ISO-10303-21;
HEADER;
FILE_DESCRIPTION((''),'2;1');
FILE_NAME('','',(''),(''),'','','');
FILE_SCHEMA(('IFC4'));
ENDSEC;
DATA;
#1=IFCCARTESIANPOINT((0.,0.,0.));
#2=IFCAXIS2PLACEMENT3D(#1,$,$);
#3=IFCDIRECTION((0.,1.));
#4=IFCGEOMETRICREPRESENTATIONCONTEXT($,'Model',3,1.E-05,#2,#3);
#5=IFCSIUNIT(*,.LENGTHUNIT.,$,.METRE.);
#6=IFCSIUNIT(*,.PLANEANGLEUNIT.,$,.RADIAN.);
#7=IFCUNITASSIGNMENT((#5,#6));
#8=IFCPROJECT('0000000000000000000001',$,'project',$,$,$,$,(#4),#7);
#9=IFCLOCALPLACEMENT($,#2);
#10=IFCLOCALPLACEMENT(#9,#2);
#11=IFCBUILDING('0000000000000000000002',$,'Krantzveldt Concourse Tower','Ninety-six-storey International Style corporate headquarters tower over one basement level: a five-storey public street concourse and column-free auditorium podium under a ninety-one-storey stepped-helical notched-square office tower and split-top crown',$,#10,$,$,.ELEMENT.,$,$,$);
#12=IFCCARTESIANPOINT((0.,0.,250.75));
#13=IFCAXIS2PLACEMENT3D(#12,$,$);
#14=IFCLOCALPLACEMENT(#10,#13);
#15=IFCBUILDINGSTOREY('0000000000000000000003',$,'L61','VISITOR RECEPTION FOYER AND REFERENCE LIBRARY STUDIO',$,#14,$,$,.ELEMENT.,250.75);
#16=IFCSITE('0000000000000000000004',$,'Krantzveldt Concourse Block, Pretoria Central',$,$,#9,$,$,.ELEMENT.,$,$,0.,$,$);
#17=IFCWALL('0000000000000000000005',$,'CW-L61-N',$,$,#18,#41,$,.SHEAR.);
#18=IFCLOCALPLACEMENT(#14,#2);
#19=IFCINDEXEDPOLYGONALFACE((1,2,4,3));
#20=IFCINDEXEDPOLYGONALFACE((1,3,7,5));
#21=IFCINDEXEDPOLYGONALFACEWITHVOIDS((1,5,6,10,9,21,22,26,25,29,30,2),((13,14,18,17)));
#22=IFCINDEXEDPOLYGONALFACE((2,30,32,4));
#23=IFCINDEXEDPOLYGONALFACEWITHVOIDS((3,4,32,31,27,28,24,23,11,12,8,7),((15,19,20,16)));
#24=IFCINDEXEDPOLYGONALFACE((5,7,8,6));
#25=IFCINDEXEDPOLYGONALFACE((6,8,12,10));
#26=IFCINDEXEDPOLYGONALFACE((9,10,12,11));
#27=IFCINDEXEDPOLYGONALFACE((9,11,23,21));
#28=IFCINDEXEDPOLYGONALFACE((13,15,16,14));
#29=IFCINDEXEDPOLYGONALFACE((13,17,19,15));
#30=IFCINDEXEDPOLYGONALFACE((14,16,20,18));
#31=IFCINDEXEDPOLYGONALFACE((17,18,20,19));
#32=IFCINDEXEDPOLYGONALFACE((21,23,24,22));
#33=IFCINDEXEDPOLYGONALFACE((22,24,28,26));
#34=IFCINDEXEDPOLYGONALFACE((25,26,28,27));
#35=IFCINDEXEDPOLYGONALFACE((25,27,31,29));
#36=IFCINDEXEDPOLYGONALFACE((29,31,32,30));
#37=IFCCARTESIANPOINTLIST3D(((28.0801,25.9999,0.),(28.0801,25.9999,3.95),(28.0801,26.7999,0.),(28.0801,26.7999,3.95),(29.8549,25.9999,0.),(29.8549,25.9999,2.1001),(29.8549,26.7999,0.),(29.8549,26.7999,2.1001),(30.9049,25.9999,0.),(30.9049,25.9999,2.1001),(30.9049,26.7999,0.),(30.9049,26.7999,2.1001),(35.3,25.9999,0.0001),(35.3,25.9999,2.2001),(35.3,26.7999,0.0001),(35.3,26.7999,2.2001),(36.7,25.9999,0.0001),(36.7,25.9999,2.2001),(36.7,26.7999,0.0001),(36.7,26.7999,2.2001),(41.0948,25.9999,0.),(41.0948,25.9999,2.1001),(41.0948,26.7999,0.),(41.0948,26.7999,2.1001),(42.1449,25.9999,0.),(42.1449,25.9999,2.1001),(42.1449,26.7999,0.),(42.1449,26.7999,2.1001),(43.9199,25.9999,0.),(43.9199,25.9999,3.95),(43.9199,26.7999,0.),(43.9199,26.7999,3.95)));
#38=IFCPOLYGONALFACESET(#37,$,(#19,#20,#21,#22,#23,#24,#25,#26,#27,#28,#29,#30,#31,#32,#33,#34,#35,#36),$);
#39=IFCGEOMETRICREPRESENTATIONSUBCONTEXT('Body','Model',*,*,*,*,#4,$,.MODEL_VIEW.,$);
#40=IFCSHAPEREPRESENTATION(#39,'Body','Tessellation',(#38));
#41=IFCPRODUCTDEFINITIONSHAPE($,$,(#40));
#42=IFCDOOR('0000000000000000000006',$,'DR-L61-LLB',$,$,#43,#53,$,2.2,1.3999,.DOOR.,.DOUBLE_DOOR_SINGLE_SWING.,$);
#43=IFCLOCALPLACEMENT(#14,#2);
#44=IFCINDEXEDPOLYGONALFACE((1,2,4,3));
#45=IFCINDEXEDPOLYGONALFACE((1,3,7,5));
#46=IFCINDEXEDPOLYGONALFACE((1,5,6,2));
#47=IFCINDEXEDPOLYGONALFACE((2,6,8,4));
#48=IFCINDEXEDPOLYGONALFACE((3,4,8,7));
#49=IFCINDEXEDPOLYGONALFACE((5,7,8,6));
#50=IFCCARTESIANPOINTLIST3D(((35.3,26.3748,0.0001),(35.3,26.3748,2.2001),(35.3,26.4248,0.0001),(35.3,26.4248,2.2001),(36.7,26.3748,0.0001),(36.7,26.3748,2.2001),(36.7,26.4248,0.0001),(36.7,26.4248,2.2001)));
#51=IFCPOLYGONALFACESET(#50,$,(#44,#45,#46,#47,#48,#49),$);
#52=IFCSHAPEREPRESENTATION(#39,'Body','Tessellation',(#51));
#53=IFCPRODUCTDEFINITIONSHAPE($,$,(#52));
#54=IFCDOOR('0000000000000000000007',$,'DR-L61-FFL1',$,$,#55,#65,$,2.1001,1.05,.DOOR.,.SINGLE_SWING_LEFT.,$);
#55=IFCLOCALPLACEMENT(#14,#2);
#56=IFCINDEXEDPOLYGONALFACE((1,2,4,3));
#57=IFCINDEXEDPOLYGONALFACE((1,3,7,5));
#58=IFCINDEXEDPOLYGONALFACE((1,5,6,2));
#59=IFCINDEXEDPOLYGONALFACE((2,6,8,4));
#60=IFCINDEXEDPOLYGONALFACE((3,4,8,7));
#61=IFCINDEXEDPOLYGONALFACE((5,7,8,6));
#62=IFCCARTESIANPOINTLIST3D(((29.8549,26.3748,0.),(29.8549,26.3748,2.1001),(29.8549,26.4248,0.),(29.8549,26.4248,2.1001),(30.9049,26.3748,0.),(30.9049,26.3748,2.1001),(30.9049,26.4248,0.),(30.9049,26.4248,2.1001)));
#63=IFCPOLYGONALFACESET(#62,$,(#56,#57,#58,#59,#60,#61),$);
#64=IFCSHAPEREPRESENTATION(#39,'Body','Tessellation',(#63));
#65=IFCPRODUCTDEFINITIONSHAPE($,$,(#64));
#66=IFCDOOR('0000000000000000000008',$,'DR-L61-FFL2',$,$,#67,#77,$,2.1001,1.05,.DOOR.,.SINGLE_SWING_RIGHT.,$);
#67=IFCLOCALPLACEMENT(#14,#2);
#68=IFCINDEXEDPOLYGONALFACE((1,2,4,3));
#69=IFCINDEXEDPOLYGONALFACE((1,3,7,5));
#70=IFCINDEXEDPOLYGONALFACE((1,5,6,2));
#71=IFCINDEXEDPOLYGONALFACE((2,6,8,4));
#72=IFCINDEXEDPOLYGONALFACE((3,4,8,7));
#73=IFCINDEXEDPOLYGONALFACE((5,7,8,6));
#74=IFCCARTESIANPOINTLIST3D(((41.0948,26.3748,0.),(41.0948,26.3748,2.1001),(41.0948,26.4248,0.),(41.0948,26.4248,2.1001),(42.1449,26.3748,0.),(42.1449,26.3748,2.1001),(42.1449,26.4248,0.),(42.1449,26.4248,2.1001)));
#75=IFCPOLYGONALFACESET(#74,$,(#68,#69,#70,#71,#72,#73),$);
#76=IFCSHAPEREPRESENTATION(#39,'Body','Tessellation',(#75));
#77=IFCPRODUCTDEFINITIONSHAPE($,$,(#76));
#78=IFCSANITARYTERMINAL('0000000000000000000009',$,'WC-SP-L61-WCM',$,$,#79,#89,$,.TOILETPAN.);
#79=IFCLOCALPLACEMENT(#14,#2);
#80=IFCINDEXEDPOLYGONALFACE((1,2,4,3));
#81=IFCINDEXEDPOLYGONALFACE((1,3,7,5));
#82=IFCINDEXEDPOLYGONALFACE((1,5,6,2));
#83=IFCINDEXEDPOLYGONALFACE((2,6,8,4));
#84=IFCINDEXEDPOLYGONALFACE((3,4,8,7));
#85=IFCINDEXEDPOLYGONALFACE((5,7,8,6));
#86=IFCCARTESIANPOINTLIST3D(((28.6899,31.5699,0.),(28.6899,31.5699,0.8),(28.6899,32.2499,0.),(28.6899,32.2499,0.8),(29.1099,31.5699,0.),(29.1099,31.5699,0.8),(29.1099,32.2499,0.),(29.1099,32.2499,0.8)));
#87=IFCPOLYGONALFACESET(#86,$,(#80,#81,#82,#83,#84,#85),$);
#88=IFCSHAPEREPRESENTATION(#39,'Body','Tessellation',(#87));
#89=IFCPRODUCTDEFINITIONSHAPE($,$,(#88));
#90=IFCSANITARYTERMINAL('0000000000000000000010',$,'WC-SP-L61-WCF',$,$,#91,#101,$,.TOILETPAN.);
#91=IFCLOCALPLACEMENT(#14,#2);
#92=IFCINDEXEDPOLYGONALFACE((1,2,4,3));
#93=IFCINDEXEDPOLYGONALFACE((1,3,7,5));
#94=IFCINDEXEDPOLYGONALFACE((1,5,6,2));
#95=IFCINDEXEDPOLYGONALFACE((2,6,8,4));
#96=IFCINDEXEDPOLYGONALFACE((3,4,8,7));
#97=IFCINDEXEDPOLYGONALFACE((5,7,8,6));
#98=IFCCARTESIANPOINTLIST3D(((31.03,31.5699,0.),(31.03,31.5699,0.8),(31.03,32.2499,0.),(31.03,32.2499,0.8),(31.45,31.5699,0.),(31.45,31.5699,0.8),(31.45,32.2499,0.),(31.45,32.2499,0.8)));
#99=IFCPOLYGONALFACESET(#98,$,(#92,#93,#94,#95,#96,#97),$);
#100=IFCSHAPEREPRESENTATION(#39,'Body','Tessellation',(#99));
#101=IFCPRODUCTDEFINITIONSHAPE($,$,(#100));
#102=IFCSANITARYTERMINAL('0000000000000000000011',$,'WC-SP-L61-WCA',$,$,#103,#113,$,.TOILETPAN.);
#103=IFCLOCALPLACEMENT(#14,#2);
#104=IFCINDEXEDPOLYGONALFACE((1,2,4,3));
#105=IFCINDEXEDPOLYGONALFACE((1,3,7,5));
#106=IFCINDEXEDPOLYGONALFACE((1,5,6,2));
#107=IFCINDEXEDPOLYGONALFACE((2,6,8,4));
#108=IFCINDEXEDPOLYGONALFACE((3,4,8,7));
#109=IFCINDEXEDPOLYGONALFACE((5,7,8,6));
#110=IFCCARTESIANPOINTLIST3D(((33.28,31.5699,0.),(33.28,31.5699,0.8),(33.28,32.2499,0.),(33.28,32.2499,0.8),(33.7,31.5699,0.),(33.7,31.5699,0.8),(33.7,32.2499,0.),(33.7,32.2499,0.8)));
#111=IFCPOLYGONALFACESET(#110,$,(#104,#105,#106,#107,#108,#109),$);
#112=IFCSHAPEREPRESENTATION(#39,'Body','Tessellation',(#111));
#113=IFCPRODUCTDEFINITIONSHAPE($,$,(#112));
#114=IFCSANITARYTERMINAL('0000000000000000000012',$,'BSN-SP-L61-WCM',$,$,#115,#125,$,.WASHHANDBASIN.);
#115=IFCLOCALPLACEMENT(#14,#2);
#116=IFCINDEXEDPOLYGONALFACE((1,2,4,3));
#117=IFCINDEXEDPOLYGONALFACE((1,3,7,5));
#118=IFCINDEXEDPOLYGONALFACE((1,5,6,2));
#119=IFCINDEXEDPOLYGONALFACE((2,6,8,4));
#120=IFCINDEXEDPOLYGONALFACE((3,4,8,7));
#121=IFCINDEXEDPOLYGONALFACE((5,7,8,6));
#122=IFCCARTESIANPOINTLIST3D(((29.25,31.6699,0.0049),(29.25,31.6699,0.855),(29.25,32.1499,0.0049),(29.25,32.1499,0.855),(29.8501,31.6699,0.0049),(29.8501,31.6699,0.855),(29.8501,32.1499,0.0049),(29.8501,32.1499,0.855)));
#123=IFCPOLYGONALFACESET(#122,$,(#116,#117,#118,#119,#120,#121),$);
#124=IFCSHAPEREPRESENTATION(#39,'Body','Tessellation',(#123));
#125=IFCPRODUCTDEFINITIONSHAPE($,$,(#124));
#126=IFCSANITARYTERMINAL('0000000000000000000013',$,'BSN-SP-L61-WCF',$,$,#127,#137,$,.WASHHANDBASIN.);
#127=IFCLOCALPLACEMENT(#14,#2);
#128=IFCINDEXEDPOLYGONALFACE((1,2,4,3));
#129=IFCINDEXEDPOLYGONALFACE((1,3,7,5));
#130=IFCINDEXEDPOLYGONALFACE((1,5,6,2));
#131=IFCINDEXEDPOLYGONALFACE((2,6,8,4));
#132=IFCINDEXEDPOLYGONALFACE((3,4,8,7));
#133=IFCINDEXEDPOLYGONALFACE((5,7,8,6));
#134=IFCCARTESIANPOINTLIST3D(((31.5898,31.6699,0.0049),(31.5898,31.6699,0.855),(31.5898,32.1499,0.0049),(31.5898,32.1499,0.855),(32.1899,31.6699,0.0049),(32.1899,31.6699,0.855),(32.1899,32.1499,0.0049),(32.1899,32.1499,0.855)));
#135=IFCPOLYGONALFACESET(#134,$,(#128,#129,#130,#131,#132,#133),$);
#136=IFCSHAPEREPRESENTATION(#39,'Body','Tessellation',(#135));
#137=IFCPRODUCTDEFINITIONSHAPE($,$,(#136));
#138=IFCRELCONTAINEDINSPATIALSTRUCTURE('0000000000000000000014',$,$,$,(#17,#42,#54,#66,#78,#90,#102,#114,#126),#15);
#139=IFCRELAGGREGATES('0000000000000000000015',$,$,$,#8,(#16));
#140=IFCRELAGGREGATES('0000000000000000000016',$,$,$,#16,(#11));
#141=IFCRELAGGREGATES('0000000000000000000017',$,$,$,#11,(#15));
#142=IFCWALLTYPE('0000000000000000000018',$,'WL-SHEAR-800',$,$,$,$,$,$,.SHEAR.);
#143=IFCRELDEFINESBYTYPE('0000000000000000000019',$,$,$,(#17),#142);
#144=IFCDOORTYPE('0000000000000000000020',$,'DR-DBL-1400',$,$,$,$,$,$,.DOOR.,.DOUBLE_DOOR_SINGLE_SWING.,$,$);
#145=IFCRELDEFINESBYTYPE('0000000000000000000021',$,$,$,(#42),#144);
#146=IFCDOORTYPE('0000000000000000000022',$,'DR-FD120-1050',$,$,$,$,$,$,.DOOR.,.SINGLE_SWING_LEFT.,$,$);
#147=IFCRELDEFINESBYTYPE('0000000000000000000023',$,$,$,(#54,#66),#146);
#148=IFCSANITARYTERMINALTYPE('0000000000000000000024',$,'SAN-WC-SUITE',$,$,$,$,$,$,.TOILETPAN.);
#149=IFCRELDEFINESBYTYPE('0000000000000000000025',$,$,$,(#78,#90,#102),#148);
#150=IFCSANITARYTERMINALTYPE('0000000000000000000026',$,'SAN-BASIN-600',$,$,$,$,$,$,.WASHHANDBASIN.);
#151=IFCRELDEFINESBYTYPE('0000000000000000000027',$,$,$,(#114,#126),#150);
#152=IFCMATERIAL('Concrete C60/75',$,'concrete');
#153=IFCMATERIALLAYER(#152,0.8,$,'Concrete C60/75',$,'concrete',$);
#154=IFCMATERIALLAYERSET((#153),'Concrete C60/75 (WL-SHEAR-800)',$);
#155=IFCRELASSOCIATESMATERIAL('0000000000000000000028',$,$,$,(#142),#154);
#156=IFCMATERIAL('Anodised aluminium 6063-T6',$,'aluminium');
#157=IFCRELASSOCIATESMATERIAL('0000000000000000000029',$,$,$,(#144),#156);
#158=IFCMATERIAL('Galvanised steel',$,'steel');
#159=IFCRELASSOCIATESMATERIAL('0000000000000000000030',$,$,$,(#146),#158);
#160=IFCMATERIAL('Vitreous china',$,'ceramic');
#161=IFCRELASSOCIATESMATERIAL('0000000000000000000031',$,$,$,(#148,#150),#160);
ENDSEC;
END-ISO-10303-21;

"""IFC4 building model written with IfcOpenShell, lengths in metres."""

from ifc_helpers import new_model, si_unit, direction, frame, frame_2d, origin, origin_2d, place, context, subcontext, project, spatial, rectangle, extrude, source, transform, mapped, material, layer, layer_set, type_object, type_shapes, element, fill, save


model = new_model("IFC4")

# Units and contexts
model_context = context("Model", 3, precision=1e-05, world=origin(), true_north=direction((0.0, 1.0)))
body_context = subcontext(model_context, "Body", "Model", "MODEL_VIEW")
ifc_project = project(units=[si_unit("LENGTHUNIT", "METRE"), si_unit("PLANEANGLEUNIT", "RADIAN")], contexts=[model_context])

# Site, building, storey
site_placement = place(None, origin())
site = spatial("IfcSite", under=ifc_project, at=site_placement, Name="Krantzveldt Concourse Block, Pretoria Central", CompositionType="ELEMENT", RefElevation=0.0)
building_placement = place(site_placement, origin())
building = spatial("IfcBuilding", under=site, at=building_placement, Name="Krantzveldt Concourse Tower", Description="Ninety-six-storey International Style corporate headquarters tower over one basement level: a five-storey public street concourse and column-free auditorium podium under a ninety-one-storey stepped-helical notched-square office tower and split-top crown", CompositionType="ELEMENT")
storey_placement = place(building_placement, frame((0.0, 0.0, 250.75)))
storey = spatial("IfcBuildingStorey", under=building, at=storey_placement, Name="L61", Description="VISITOR RECEPTION FOYER AND REFERENCE LIBRARY STUDIO", CompositionType="ELEMENT", Elevation=250.75)

# Wall, openings, doors
ifc_material_1 = material(Name="Concrete C60/75", Category="concrete")
ifc_layer_1 = layer(ifc_material_1, 0.8, Name="Concrete C60/75", Category="concrete")
ifc_layer_set_1 = layer_set([ifc_layer_1], Name="Concrete C60/75 (WL-SHEAR-800)")
wall_type_1 = type_object("IfcWallType", Name="WL-SHEAR-800", PredefinedType="SHEAR", material=ifc_layer_set_1)
wall_1_placement = place(storey_placement, frame((28.0801, 26.3999, 0.0), z_axis=(0.0, 0.0, 1.0), x_axis=(1.0, 0.0, 0.0)))
wall_1 = element("IfcWall", 1, at=wall_1_placement, inside=storey, type_object=wall_type_1, Name="CW-L61-N", PredefinedType="SHEAR", context=body_context, shape_type="SweptSolid", body=[
    extrude(rectangle(XDim=15.8398, YDim=0.8, at=frame_2d((7.9199, 0.0))), origin(), (0.0, 0.0, 1.0), 3.95),
])
opening_1_placement = place(wall_1_placement, frame((7.22, 0.0, 0.0)))
opening_1 = element("IfcOpeningElement", 2, at=opening_1_placement, cuts=wall_1, PredefinedType="OPENING", context=body_context, shape_type="SweptSolid", body=[
    extrude(rectangle(XDim=1.3999, YDim=2.2, at=frame_2d((0.7, 1.1001))), frame((0.0, 0.4102, 0.0), z_axis=(0.0, -1.0, 0.0), x_axis=(1.0, 0.0, 0.0)), (0.0, 0.0, 1.0), 0.8201),
])
opening_2_placement = place(wall_1_placement, frame((1.7749, 0.0, 0.0)))
opening_2 = element("IfcOpeningElement", 3, at=opening_2_placement, cuts=wall_1, PredefinedType="OPENING", context=body_context, shape_type="SweptSolid", body=[
    extrude(rectangle(XDim=1.05, YDim=2.1001, at=frame_2d((0.5249, 1.05))), frame((0.0, 0.4102, 0.0), z_axis=(0.0, -1.0, 0.0), x_axis=(1.0, 0.0, 0.0)), (0.0, 0.0, 1.0), 0.8201),
])
opening_3_placement = place(wall_1_placement, frame((13.0149, 0.0, 0.0)))
opening_3 = element("IfcOpeningElement", 4, at=opening_3_placement, cuts=wall_1, PredefinedType="OPENING", context=body_context, shape_type="SweptSolid", body=[
    extrude(rectangle(XDim=1.05, YDim=2.1001, at=frame_2d((0.5249, 1.05))), frame((0.0, 0.4102, 0.0), z_axis=(0.0, -1.0, 0.0), x_axis=(1.0, 0.0, 0.0)), (0.0, 0.0, 1.0), 0.8201),
])
ifc_material_2 = material(Name="Anodised aluminium 6063-T6", Category="aluminium")
door_type_1 = type_object("IfcDoorType", Name="DR-DBL-1400", OperationType="DOUBLE_DOOR_SINGLE_SWING", PredefinedType="DOOR", material=ifc_material_2)
door_1_placement = place(opening_1_placement, origin())
door_1 = element("IfcDoor", 5, at=door_1_placement, inside=storey, type_object=door_type_1, Name="DR-L61-LLB", OperationType="DOUBLE_DOOR_SINGLE_SWING", OverallHeight=2.2, OverallWidth=1.3999, PredefinedType="DOOR", context=body_context, shape_type="SweptSolid", body=[
    extrude(rectangle(XDim=1.3999, YDim=2.2, at=frame_2d((0.7, 1.1001))), frame((0.0, 0.0249, 0.0), z_axis=(0.0, -1.0, 0.0), x_axis=(1.0, 0.0, 0.0)), (0.0, 0.0, 1.0), 0.05),
])
fill(opening_1, door_1)
ifc_material_3 = material(Name="Galvanised steel", Category="steel")
door_type_2 = type_object("IfcDoorType", Name="DR-FD120-1050", OperationType="SINGLE_SWING_LEFT", PredefinedType="DOOR", material=ifc_material_3)
door_2_placement = place(opening_2_placement, origin())
door_2 = element("IfcDoor", 6, at=door_2_placement, inside=storey, type_object=door_type_2, Name="DR-L61-FFL1", OperationType="SINGLE_SWING_LEFT", OverallHeight=2.1001, OverallWidth=1.05, PredefinedType="DOOR", context=body_context, shape_type="SweptSolid", body=[
    extrude(rectangle(XDim=1.05, YDim=2.1001, at=frame_2d((0.5249, 1.05))), frame((0.0, 0.0249, 0.0), z_axis=(0.0, -1.0, 0.0), x_axis=(1.0, 0.0, 0.0)), (0.0, 0.0, 1.0), 0.05),
])
fill(opening_2, door_2)
door_3_placement = place(opening_3_placement, origin())
door_3 = element("IfcDoor", 7, at=door_3_placement, inside=storey, type_object=door_type_2, Name="DR-L61-FFL2", OperationType="SINGLE_SWING_RIGHT", OverallHeight=2.1001, OverallWidth=1.05, PredefinedType="DOOR", context=body_context, shape_type="SweptSolid", body=[
    extrude(rectangle(XDim=1.05, YDim=2.1001, at=frame_2d((0.5249, 1.05))), frame((0.0, 0.0249, 0.0), z_axis=(0.0, -1.0, 0.0), x_axis=(1.0, 0.0, 0.0)), (0.0, 0.0, 1.0), 0.05),
])
fill(opening_3, door_3)

# Sanitary terminals
ifc_material_4 = material(Name="Vitreous china", Category="ceramic")
sanitary_terminal_type_1 = type_object("IfcSanitaryTerminalType", Name="SAN-WC-SUITE", PredefinedType="TOILETPAN", material=ifc_material_4)
shared_shape_1 = source(origin(), body_context, "Body", "SweptSolid", [
    extrude(rectangle(XDim=0.4199, YDim=0.6799, at=origin_2d()), origin(), (0.0, 0.0, 1.0), 0.8),
])
type_shapes(sanitary_terminal_type_1, [shared_shape_1])
for number, where, z_axis, x_axis, name in (
    (8, (28.8999, 31.9099, 0.0), (0.0, 0.0, 1.0), (1.0, 0.0, 0.0), "WC-SP-L61-WCM"),
    (9, (31.24, 31.9099, 0.0), (0.0, 0.0, 1.0), (1.0, 0.0, 0.0), "WC-SP-L61-WCF"),
    (10, (33.49, 31.9099, 0.0), (0.0, 0.0, 1.0), (1.0, 0.0, 0.0), "WC-SP-L61-WCA"),
):
    element("IfcSanitaryTerminal", number, at=place(storey_placement, frame(where, z_axis=z_axis, x_axis=x_axis)), inside=storey, type_object=sanitary_terminal_type_1, Name=name, PredefinedType="TOILETPAN", context=body_context, shape_type="MappedRepresentation", body=[
        mapped(shared_shape_1, transform((0.0, 0.0, 0.0), x_axis=(1.0, 0.0, 0.0), y_axis=(0.0, 1.0, 0.0), z_axis=(0.0, 0.0, 1.0), scale=1.0)),
    ])
sanitary_terminal_type_2 = type_object("IfcSanitaryTerminalType", Name="SAN-BASIN-600", PredefinedType="WASHHANDBASIN", material=ifc_material_4)
shared_shape_2 = source(origin(), body_context, "Body", "SweptSolid", [
    extrude(rectangle(XDim=0.6001, YDim=0.48, at=origin_2d()), origin(), (0.0, 0.0, 1.0), 0.8501),
])
type_shapes(sanitary_terminal_type_2, [shared_shape_2])
for number, where, z_axis, x_axis, name in (
    (11, (29.55, 31.9099, 0.0049), (0.0, 0.0, 1.0), (1.0, 0.0, 0.0), "BSN-SP-L61-WCM"),
    (12, (31.8899, 31.9099, 0.0049), (0.0, 0.0, 1.0), (1.0, 0.0, 0.0), "BSN-SP-L61-WCF"),
):
    element("IfcSanitaryTerminal", number, at=place(storey_placement, frame(where, z_axis=z_axis, x_axis=x_axis)), inside=storey, type_object=sanitary_terminal_type_2, Name=name, PredefinedType="WASHHANDBASIN", context=body_context, shape_type="MappedRepresentation", body=[
        mapped(shared_shape_2, transform((0.0, 0.0, 0.0), x_axis=(1.0, 0.0, 0.0), y_axis=(0.0, 1.0, 0.0), z_axis=(0.0, 0.0, 1.0), scale=1.0)),
    ])

save(model, "model.ifc")
